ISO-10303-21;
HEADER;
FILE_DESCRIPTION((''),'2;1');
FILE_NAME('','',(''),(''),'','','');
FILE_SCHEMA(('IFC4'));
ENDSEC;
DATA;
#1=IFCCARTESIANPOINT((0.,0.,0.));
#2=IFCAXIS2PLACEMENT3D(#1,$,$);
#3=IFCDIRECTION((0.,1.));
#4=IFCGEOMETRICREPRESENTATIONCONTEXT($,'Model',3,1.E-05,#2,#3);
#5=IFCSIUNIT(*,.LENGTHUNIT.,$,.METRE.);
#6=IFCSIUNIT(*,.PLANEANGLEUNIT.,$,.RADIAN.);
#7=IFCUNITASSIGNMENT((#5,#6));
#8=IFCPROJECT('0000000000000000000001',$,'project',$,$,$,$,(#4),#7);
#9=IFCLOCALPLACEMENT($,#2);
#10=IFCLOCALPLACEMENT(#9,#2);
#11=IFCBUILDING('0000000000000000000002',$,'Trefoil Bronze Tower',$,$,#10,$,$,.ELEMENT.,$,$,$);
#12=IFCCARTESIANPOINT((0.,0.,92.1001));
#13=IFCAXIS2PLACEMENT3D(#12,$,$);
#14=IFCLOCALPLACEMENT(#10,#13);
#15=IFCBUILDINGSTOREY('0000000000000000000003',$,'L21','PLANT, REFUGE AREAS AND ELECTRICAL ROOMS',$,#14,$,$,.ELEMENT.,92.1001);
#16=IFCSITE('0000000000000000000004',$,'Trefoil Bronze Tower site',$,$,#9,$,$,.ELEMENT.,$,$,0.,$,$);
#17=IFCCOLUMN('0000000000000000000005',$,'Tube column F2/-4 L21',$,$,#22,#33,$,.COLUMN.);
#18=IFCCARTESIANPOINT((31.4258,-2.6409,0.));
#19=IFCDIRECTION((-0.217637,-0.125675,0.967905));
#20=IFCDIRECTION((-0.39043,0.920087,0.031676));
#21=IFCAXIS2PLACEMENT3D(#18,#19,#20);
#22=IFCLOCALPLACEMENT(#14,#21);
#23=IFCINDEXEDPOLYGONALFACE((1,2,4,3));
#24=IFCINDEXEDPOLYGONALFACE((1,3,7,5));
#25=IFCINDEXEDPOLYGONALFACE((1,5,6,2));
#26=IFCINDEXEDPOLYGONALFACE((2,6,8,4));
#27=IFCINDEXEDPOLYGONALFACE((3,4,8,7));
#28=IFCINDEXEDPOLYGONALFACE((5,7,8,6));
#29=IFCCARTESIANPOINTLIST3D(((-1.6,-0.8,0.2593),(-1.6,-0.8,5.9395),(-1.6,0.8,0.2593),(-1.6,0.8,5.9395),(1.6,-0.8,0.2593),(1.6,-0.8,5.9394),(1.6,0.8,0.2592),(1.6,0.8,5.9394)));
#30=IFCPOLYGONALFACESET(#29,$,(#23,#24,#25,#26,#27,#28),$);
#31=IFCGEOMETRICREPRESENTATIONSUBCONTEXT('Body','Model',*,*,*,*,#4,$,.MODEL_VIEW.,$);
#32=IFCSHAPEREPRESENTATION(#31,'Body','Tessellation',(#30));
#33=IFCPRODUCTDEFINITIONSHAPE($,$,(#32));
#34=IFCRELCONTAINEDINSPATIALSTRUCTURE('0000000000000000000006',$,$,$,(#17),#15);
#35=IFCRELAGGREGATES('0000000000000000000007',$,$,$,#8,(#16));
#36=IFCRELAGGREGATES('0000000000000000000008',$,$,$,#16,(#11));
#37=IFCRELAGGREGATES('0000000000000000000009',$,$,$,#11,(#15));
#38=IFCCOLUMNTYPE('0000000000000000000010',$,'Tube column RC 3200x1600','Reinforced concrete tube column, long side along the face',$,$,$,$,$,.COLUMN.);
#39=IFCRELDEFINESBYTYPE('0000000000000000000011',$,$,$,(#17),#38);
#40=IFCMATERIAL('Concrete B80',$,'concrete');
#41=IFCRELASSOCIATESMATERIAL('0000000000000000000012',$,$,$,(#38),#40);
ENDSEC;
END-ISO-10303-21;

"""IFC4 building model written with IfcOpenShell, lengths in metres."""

from ifc_helpers import new_model, si_unit, direction, frame, origin, origin_2d, place, context, subcontext, project, spatial, rectangle, extrude, clip, halfspace, material, material_profile, profile_set, type_object, element, save


model = new_model("IFC4")

# Units and contexts
model_context = context("Model", 3, precision=1e-05, world=origin(), true_north=direction((0.0, 1.0)))
body_context = subcontext(model_context, "Body", "Model", "MODEL_VIEW")
ifc_project = project(units=[si_unit("LENGTHUNIT", "METRE"), si_unit("PLANEANGLEUNIT", "RADIAN")], contexts=[model_context])

# Site, building, storey
site_placement = place(None, origin())
site = spatial("IfcSite", under=ifc_project, at=site_placement, Name="Trefoil Bronze Tower site", CompositionType="ELEMENT", RefElevation=0.0)
building_placement = place(site_placement, origin())
building = spatial("IfcBuilding", under=site, at=building_placement, Name="Trefoil Bronze Tower", CompositionType="ELEMENT")
storey_placement = place(building_placement, frame((0.0, 0.0, 92.1001)))
storey = spatial("IfcBuildingStorey", under=building, at=storey_placement, Name="L21", Description="PLANT, REFUGE AREAS AND ELECTRICAL ROOMS", CompositionType="ELEMENT", Elevation=92.1001)

# Column
ifc_material_1 = material(Name="Concrete B80", Category="concrete")
ifc_material_profile_1 = material_profile(ifc_material_1, rectangle(XDim=3.2, YDim=1.6001, at=origin_2d()), Name="RC 3200x1600")
ifc_profile_set_1 = profile_set([ifc_material_profile_1], Name="Concrete B80")
column_type = type_object("IfcColumnType", Name="Tube column RC 3200x1600", Description="Reinforced concrete tube column, long side along the face", PredefinedType="COLUMN", material=ifc_profile_set_1)
column_placement = place(storey_placement, frame((31.4258, -2.6409, 0.0), z_axis=(-0.217637, -0.125675, 0.967905), x_axis=(-0.39043, 0.920087, 0.031676)))
element("IfcColumn", 1, at=column_placement, inside=storey, type_object=column_type, Name="Tube column F2/-4 L21", PredefinedType="COLUMN", context=body_context, shape_type="Clipping", body=[
    clip(clip(extrude(rectangle(XDim=3.2, YDim=1.6001, at=origin_2d()), origin(), (0.0, 0.0, 1.0), 6.199), halfspace(frame((0.0, 0.0, 0.2593), z_axis=(0.000016, 0.000025, 1.0), x_axis=(0.0, 1.0, -0.000025)), True)), halfspace(frame((0.0, 0.0, 5.9395), z_axis=(-0.000016, -0.000025, -1.0), x_axis=(0.0, -1.0, 0.000025)), True)),
])

save(model, "model.ifc")
